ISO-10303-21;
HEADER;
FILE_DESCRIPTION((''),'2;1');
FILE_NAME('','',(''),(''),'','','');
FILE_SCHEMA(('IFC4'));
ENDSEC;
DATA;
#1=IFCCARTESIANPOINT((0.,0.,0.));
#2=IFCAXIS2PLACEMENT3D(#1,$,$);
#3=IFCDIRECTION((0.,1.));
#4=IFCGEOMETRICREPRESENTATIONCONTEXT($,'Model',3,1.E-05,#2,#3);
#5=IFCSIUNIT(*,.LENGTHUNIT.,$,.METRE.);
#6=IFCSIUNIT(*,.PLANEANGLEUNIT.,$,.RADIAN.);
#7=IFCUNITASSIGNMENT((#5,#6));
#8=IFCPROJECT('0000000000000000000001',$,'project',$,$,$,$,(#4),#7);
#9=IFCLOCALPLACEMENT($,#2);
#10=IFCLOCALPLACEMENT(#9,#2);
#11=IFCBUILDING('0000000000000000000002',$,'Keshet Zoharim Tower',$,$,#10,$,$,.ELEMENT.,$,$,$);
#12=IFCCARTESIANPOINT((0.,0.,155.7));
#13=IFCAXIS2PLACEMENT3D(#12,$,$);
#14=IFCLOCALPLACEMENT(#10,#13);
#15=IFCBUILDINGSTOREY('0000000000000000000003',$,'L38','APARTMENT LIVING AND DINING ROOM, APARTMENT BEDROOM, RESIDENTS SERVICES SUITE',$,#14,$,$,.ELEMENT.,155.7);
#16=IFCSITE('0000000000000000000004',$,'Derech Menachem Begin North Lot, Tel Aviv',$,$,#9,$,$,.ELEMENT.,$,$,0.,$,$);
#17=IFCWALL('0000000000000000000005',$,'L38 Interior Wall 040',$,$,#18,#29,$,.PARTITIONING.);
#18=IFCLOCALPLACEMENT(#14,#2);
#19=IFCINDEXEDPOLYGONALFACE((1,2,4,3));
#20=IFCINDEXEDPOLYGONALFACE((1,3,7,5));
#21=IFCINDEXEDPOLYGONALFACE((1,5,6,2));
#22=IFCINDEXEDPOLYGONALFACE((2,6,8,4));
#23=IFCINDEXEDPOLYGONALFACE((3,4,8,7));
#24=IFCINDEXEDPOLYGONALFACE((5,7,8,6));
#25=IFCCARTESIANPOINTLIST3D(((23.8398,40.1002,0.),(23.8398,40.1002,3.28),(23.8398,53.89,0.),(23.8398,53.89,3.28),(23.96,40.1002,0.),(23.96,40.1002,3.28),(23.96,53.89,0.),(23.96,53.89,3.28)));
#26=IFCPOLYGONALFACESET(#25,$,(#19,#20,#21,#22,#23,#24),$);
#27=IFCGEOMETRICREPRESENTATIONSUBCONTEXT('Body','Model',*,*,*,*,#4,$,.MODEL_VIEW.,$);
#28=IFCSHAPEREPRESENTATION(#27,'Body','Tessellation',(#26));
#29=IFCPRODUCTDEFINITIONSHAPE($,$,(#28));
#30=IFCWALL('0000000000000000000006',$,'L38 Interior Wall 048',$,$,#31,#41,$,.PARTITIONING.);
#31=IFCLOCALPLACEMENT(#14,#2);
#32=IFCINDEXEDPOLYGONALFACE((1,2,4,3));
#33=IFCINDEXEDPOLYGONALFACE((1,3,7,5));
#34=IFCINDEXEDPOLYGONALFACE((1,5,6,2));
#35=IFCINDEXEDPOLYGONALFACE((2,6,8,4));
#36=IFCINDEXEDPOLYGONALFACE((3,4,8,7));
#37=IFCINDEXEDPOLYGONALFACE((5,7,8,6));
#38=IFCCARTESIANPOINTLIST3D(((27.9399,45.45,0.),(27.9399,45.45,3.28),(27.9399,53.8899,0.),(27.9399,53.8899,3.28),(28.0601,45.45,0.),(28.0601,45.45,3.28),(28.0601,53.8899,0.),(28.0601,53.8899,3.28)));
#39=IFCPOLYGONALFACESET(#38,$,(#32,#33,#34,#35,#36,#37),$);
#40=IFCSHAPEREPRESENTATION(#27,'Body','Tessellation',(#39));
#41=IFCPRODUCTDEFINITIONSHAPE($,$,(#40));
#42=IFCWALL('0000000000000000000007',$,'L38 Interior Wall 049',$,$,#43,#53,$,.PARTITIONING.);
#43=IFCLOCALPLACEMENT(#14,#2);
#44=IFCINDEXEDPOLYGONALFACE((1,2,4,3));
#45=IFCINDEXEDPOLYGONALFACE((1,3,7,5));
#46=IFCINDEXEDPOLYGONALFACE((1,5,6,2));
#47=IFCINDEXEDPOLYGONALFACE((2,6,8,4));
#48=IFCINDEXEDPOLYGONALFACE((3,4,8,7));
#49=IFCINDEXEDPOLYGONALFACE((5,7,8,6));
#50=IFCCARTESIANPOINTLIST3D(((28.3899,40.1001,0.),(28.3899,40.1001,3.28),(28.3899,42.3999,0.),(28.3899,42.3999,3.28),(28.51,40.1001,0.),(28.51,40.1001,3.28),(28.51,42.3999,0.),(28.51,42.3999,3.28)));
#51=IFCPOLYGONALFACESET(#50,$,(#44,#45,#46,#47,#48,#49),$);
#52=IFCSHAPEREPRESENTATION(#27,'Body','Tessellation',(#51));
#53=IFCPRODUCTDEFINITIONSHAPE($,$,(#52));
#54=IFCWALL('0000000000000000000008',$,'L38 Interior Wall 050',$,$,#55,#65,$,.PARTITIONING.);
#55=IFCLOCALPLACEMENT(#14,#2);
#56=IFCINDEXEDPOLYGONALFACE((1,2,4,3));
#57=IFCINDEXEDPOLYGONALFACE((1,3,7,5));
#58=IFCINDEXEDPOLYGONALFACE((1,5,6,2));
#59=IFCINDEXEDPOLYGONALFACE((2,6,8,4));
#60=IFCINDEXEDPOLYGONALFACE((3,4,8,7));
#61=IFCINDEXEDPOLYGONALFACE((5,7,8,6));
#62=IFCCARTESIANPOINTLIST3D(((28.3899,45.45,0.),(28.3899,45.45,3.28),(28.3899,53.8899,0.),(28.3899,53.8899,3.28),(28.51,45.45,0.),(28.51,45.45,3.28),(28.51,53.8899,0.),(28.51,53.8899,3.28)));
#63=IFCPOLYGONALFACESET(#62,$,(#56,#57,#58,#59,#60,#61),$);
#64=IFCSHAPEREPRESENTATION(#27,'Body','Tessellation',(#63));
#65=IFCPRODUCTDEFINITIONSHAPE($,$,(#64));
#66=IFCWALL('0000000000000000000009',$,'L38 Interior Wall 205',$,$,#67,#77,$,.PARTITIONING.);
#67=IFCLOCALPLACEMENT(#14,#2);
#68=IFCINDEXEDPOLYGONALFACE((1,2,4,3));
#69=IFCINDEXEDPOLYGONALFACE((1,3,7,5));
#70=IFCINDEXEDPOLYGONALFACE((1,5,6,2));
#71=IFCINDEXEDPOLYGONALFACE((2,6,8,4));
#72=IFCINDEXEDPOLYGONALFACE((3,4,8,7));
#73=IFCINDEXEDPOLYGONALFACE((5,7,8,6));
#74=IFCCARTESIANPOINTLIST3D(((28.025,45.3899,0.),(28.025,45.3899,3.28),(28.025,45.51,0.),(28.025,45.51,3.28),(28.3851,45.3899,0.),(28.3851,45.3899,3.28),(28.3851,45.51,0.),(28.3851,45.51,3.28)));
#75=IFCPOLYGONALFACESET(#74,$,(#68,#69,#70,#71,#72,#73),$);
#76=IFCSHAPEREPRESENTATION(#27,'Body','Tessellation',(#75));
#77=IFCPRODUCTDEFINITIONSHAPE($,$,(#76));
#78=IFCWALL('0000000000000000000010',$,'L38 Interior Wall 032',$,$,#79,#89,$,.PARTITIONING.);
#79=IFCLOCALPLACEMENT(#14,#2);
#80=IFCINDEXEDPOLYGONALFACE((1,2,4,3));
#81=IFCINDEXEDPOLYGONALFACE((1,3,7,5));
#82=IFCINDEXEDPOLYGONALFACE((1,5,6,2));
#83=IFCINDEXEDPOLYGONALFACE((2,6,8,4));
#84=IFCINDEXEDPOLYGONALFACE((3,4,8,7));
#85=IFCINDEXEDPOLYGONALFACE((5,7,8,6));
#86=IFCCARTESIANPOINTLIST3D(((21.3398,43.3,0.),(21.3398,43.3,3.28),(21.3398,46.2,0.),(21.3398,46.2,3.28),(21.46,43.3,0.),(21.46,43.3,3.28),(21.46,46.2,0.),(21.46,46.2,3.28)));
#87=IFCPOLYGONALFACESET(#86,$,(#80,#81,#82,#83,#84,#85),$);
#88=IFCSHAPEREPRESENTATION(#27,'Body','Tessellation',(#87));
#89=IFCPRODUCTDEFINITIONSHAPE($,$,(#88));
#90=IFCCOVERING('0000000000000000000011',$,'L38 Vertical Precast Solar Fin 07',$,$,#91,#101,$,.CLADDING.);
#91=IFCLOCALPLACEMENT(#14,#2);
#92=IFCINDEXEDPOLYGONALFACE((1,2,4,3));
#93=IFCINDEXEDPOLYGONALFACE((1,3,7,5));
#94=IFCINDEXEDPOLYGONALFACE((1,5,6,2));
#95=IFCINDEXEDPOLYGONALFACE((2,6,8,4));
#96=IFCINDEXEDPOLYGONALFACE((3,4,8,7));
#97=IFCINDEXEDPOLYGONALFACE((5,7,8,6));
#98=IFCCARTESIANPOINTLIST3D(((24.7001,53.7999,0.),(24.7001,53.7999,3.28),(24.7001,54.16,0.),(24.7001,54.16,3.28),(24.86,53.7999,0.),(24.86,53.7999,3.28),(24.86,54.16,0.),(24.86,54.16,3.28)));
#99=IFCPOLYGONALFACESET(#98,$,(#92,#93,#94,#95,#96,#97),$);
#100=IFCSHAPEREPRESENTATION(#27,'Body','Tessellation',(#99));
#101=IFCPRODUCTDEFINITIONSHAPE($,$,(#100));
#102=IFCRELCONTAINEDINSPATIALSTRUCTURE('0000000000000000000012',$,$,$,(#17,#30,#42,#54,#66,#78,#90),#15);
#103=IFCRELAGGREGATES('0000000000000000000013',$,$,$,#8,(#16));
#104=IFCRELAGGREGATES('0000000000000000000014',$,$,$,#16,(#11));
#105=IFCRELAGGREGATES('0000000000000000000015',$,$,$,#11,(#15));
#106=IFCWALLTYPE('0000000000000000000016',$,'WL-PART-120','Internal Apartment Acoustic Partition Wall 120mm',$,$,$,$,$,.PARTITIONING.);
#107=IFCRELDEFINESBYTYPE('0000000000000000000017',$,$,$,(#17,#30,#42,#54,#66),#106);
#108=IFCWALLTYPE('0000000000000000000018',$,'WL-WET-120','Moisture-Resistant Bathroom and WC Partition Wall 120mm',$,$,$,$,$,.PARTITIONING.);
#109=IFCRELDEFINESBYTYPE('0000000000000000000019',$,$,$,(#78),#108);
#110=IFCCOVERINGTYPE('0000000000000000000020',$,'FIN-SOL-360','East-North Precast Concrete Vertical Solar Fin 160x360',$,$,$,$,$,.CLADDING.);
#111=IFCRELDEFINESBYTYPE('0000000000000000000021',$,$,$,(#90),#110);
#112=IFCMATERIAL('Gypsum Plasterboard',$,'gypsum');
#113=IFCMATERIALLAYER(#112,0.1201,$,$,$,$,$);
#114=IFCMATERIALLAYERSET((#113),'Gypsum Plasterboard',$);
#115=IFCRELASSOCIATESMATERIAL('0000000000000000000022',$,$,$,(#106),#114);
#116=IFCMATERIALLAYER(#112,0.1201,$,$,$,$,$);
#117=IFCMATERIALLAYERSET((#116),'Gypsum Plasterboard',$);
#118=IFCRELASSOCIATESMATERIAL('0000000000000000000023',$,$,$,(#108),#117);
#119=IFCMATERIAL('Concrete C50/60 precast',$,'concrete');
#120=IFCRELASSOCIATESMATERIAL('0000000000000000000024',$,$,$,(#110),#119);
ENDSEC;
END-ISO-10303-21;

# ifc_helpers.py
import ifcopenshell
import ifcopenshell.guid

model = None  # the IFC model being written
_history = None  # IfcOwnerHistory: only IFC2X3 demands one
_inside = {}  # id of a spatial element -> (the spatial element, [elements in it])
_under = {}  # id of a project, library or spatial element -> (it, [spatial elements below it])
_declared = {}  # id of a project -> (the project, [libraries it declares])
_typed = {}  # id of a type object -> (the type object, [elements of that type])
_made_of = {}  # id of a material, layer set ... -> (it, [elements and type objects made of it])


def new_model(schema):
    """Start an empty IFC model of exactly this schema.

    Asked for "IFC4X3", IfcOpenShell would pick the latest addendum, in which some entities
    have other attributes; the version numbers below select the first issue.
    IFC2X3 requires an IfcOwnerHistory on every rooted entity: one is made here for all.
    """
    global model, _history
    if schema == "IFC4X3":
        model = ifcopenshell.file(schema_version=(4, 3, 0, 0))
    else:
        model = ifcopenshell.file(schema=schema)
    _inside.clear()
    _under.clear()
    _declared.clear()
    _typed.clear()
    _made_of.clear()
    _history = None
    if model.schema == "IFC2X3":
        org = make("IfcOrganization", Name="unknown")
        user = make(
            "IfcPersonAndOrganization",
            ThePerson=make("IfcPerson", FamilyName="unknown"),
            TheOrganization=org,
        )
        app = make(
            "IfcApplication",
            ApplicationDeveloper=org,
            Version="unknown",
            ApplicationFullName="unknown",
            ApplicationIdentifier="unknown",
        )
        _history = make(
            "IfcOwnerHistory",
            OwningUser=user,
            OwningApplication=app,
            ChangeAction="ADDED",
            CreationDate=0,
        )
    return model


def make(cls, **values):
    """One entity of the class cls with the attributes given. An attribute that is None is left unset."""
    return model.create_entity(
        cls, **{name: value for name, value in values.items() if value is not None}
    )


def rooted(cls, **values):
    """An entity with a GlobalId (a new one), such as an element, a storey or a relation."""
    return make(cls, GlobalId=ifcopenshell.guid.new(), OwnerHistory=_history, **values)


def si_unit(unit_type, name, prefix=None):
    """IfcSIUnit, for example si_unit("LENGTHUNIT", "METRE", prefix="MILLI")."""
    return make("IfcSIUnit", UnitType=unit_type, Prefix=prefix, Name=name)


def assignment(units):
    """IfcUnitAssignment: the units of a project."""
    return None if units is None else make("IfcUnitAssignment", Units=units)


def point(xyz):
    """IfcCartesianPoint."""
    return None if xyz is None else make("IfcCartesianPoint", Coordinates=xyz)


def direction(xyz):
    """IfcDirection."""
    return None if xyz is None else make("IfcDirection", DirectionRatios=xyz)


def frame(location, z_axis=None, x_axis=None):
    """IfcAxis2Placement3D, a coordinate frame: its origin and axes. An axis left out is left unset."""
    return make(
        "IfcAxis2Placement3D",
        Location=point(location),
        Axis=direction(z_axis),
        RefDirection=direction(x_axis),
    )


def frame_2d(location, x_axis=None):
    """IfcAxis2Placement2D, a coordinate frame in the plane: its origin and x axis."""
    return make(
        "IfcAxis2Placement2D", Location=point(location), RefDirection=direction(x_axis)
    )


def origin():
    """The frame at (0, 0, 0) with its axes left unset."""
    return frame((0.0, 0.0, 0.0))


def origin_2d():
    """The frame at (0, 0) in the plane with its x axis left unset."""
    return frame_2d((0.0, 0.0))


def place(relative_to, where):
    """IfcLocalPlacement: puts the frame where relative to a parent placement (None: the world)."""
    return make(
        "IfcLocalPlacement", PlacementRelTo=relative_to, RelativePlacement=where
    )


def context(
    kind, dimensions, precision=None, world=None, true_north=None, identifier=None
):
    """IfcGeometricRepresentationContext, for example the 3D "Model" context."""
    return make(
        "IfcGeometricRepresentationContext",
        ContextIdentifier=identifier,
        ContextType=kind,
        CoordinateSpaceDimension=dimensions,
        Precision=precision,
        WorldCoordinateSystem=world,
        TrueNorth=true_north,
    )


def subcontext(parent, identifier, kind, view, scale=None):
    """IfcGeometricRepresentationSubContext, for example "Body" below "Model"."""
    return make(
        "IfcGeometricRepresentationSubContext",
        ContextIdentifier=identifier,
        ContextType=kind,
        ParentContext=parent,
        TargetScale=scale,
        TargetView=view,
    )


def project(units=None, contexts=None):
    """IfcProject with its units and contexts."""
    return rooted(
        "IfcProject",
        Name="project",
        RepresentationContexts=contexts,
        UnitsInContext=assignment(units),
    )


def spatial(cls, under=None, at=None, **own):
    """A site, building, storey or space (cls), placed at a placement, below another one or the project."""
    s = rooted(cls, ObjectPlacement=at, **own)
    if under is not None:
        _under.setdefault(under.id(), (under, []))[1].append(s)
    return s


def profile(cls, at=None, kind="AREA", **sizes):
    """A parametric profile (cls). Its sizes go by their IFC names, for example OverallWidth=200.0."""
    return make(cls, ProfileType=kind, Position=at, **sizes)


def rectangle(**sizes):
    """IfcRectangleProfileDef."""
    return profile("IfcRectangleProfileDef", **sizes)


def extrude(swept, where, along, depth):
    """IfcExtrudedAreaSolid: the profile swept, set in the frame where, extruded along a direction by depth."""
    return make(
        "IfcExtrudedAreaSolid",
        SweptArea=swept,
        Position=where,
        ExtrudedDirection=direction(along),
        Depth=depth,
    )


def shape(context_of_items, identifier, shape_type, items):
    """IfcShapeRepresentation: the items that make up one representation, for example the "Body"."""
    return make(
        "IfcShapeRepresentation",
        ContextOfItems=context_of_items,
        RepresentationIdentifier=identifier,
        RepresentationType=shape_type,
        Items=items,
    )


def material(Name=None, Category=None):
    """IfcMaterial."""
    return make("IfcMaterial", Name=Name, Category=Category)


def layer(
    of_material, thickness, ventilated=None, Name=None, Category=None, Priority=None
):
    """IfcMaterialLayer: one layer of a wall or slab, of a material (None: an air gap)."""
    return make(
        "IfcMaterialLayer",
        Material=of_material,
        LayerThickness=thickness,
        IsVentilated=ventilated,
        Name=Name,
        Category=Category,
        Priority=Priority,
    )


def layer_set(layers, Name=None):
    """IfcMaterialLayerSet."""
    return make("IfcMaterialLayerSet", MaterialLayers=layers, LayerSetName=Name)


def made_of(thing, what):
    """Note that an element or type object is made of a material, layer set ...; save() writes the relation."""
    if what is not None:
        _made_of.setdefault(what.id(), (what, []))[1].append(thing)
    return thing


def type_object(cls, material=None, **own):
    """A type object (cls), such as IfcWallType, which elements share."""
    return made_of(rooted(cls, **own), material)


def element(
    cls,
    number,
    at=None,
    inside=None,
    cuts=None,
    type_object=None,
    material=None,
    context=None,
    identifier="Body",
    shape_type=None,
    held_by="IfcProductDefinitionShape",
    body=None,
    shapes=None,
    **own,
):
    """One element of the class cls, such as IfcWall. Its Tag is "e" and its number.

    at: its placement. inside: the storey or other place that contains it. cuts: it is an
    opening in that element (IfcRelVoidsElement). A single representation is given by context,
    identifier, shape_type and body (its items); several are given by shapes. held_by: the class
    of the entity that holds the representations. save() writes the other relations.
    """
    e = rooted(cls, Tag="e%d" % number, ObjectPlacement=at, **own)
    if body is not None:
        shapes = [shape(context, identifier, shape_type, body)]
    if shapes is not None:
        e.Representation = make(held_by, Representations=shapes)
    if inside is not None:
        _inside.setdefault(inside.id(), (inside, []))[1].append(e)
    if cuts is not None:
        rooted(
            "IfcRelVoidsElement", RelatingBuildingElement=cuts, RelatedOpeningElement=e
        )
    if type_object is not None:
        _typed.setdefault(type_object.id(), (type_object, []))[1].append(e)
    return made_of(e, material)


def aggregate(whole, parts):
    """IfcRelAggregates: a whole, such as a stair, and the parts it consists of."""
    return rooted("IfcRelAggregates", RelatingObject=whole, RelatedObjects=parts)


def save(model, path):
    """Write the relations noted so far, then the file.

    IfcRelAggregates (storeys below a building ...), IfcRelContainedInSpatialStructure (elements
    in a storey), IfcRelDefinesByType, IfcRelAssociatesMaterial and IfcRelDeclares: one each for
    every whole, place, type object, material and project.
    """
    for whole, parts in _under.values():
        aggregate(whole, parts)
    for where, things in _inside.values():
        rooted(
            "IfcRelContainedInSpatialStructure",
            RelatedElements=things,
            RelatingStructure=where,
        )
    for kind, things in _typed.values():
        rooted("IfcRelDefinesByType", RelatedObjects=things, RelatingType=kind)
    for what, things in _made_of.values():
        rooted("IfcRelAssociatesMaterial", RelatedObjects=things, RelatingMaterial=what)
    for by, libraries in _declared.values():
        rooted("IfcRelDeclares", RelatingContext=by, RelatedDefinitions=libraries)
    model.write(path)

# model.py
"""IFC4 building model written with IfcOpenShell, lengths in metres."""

from ifc_helpers import new_model, si_unit, direction, frame, frame_2d, origin, origin_2d, place, context, subcontext, project, spatial, rectangle, extrude, material, layer, layer_set, type_object, element, save


model = new_model("IFC4")

# Units and contexts
model_context = context("Model", 3, precision=1e-05, world=origin(), true_north=direction((0.0, 1.0)))
body_context = subcontext(model_context, "Body", "Model", "MODEL_VIEW")
ifc_project = project(units=[si_unit("LENGTHUNIT", "METRE"), si_unit("PLANEANGLEUNIT", "RADIAN")], contexts=[model_context])

# Site, building, storey
site_placement = place(None, origin())
site = spatial("IfcSite", under=ifc_project, at=site_placement, Name="Derech Menachem Begin North Lot, Tel Aviv", CompositionType="ELEMENT", RefElevation=0.0)
building_placement = place(site_placement, origin())
building = spatial("IfcBuilding", under=site, at=building_placement, Name="Keshet Zoharim Tower", CompositionType="ELEMENT")
storey_placement = place(building_placement, frame((0.0, 0.0, 155.7)))
storey = spatial("IfcBuildingStorey", under=building, at=storey_placement, Name="L38", Description="APARTMENT LIVING AND DINING ROOM, APARTMENT BEDROOM, RESIDENTS SERVICES SUITE", CompositionType="ELEMENT", Elevation=155.7)

# Shared definitions
ifc_material_1 = material(Name="Gypsum Plasterboard", Category="gypsum")

# Shared definitions
ifc_layer_1 = layer(ifc_material_1, 0.1201)
ifc_layer_set_1 = layer_set([ifc_layer_1], Name="Gypsum Plasterboard")
wall_type_1 = type_object("IfcWallType", Name="WL-PART-120", Description="Internal Apartment Acoustic Partition Wall 120mm", PredefinedType="PARTITIONING", material=ifc_layer_set_1)

# Walls
wall_1_placement = place(storey_placement, frame((23.8999, 40.1001, 0.0), z_axis=(0.0, 0.0, 1.0), x_axis=(0.0, 1.0, 0.0)))
element("IfcWall", 1, at=wall_1_placement, inside=storey, type_object=wall_type_1, Name="L38 Interior Wall 040", PredefinedType="PARTITIONING", context=body_context, shape_type="SweptSolid", body=[
    extrude(rectangle(XDim=13.7898, YDim=0.1201, at=frame_2d((6.895, 0.0))), origin(), (0.0, 0.0, 1.0), 3.28),
])
wall_2_placement = place(storey_placement, frame((28.0, 45.45, 0.0), z_axis=(0.0, 0.0, 1.0), x_axis=(0.0, 1.0, 0.0)))
element("IfcWall", 2, at=wall_2_placement, inside=storey, type_object=wall_type_1, Name="L38 Interior Wall 048", PredefinedType="PARTITIONING", context=body_context, shape_type="SweptSolid", body=[
    extrude(rectangle(XDim=8.4399, YDim=0.1201, at=frame_2d((4.22, 0.0))), origin(), (0.0, 0.0, 1.0), 3.28),
])
wall_3_placement = place(storey_placement, frame((28.45, 40.1001, 0.0), z_axis=(0.0, 0.0, 1.0), x_axis=(0.0, 1.0, 0.0)))
element("IfcWall", 3, at=wall_3_placement, inside=storey, type_object=wall_type_1, Name="L38 Interior Wall 049", PredefinedType="PARTITIONING", context=body_context, shape_type="SweptSolid", body=[
    extrude(rectangle(XDim=2.2998, YDim=0.1201, at=frame_2d((1.1499, 0.0))), origin(), (0.0, 0.0, 1.0), 3.28),
])
wall_4_placement = place(storey_placement, frame((28.45, 45.45, 0.0), z_axis=(0.0, 0.0, 1.0), x_axis=(0.0, 1.0, 0.0)))
element("IfcWall", 4, at=wall_4_placement, inside=storey, type_object=wall_type_1, Name="L38 Interior Wall 050", PredefinedType="PARTITIONING", context=body_context, shape_type="SweptSolid", body=[
    extrude(rectangle(XDim=8.4399, YDim=0.1201, at=frame_2d((4.22, 0.0))), origin(), (0.0, 0.0, 1.0), 3.28),
])

# Wall
wall_5_placement = place(storey_placement, frame((28.0249, 45.45, 0.0), z_axis=(0.0, 0.0, 1.0), x_axis=(1.0, 0.0, 0.0)))
element("IfcWall", 5, at=wall_5_placement, inside=storey, type_object=wall_type_1, Name="L38 Interior Wall 205", PredefinedType="PARTITIONING", context=body_context, shape_type="SweptSolid", body=[
    extrude(rectangle(XDim=0.3601, YDim=0.1201, at=frame_2d((0.1802, 0.0))), origin(), (0.0, 0.0, 1.0), 3.28),
])

# Wall
ifc_layer_2 = layer(ifc_material_1, 0.1201)
ifc_layer_set_2 = layer_set([ifc_layer_2], Name="Gypsum Plasterboard")
wall_type_2 = type_object("IfcWallType", Name="WL-WET-120", Description="Moisture-Resistant Bathroom and WC Partition Wall 120mm", PredefinedType="PARTITIONING", material=ifc_layer_set_2)
wall_6_placement = place(storey_placement, frame((21.3999, 43.3, 0.0), z_axis=(0.0, 0.0, 1.0), x_axis=(0.0, 1.0, 0.0)))
element("IfcWall", 6, at=wall_6_placement, inside=storey, type_object=wall_type_2, Name="L38 Interior Wall 032", PredefinedType="PARTITIONING", context=body_context, shape_type="SweptSolid", body=[
    extrude(rectangle(XDim=2.8999, YDim=0.1201, at=frame_2d((1.45, 0.0))), origin(), (0.0, 0.0, 1.0), 3.28),
])

# Covering
ifc_material_2 = material(Name="Concrete C50/60 precast", Category="concrete")
covering_type = type_object("IfcCoveringType", Name="FIN-SOL-360", Description="East-North Precast Concrete Vertical Solar Fin 160x360", PredefinedType="CLADDING", material=ifc_material_2)
covering_placement = place(storey_placement, frame((24.78, 53.98, 0.0), z_axis=(0.0, 0.0, 1.0), x_axis=(1.0, 0.0, 0.0)))
element("IfcCovering", 7, at=covering_placement, inside=storey, type_object=covering_type, Name="L38 Vertical Precast Solar Fin 07", PredefinedType="CLADDING", context=body_context, shape_type="SweptSolid", body=[
    extrude(rectangle(XDim=0.1599, YDim=0.3601, at=origin_2d()), origin(), (0.0, 0.0, 1.0), 3.28),
])

save(model, "model.ifc")
